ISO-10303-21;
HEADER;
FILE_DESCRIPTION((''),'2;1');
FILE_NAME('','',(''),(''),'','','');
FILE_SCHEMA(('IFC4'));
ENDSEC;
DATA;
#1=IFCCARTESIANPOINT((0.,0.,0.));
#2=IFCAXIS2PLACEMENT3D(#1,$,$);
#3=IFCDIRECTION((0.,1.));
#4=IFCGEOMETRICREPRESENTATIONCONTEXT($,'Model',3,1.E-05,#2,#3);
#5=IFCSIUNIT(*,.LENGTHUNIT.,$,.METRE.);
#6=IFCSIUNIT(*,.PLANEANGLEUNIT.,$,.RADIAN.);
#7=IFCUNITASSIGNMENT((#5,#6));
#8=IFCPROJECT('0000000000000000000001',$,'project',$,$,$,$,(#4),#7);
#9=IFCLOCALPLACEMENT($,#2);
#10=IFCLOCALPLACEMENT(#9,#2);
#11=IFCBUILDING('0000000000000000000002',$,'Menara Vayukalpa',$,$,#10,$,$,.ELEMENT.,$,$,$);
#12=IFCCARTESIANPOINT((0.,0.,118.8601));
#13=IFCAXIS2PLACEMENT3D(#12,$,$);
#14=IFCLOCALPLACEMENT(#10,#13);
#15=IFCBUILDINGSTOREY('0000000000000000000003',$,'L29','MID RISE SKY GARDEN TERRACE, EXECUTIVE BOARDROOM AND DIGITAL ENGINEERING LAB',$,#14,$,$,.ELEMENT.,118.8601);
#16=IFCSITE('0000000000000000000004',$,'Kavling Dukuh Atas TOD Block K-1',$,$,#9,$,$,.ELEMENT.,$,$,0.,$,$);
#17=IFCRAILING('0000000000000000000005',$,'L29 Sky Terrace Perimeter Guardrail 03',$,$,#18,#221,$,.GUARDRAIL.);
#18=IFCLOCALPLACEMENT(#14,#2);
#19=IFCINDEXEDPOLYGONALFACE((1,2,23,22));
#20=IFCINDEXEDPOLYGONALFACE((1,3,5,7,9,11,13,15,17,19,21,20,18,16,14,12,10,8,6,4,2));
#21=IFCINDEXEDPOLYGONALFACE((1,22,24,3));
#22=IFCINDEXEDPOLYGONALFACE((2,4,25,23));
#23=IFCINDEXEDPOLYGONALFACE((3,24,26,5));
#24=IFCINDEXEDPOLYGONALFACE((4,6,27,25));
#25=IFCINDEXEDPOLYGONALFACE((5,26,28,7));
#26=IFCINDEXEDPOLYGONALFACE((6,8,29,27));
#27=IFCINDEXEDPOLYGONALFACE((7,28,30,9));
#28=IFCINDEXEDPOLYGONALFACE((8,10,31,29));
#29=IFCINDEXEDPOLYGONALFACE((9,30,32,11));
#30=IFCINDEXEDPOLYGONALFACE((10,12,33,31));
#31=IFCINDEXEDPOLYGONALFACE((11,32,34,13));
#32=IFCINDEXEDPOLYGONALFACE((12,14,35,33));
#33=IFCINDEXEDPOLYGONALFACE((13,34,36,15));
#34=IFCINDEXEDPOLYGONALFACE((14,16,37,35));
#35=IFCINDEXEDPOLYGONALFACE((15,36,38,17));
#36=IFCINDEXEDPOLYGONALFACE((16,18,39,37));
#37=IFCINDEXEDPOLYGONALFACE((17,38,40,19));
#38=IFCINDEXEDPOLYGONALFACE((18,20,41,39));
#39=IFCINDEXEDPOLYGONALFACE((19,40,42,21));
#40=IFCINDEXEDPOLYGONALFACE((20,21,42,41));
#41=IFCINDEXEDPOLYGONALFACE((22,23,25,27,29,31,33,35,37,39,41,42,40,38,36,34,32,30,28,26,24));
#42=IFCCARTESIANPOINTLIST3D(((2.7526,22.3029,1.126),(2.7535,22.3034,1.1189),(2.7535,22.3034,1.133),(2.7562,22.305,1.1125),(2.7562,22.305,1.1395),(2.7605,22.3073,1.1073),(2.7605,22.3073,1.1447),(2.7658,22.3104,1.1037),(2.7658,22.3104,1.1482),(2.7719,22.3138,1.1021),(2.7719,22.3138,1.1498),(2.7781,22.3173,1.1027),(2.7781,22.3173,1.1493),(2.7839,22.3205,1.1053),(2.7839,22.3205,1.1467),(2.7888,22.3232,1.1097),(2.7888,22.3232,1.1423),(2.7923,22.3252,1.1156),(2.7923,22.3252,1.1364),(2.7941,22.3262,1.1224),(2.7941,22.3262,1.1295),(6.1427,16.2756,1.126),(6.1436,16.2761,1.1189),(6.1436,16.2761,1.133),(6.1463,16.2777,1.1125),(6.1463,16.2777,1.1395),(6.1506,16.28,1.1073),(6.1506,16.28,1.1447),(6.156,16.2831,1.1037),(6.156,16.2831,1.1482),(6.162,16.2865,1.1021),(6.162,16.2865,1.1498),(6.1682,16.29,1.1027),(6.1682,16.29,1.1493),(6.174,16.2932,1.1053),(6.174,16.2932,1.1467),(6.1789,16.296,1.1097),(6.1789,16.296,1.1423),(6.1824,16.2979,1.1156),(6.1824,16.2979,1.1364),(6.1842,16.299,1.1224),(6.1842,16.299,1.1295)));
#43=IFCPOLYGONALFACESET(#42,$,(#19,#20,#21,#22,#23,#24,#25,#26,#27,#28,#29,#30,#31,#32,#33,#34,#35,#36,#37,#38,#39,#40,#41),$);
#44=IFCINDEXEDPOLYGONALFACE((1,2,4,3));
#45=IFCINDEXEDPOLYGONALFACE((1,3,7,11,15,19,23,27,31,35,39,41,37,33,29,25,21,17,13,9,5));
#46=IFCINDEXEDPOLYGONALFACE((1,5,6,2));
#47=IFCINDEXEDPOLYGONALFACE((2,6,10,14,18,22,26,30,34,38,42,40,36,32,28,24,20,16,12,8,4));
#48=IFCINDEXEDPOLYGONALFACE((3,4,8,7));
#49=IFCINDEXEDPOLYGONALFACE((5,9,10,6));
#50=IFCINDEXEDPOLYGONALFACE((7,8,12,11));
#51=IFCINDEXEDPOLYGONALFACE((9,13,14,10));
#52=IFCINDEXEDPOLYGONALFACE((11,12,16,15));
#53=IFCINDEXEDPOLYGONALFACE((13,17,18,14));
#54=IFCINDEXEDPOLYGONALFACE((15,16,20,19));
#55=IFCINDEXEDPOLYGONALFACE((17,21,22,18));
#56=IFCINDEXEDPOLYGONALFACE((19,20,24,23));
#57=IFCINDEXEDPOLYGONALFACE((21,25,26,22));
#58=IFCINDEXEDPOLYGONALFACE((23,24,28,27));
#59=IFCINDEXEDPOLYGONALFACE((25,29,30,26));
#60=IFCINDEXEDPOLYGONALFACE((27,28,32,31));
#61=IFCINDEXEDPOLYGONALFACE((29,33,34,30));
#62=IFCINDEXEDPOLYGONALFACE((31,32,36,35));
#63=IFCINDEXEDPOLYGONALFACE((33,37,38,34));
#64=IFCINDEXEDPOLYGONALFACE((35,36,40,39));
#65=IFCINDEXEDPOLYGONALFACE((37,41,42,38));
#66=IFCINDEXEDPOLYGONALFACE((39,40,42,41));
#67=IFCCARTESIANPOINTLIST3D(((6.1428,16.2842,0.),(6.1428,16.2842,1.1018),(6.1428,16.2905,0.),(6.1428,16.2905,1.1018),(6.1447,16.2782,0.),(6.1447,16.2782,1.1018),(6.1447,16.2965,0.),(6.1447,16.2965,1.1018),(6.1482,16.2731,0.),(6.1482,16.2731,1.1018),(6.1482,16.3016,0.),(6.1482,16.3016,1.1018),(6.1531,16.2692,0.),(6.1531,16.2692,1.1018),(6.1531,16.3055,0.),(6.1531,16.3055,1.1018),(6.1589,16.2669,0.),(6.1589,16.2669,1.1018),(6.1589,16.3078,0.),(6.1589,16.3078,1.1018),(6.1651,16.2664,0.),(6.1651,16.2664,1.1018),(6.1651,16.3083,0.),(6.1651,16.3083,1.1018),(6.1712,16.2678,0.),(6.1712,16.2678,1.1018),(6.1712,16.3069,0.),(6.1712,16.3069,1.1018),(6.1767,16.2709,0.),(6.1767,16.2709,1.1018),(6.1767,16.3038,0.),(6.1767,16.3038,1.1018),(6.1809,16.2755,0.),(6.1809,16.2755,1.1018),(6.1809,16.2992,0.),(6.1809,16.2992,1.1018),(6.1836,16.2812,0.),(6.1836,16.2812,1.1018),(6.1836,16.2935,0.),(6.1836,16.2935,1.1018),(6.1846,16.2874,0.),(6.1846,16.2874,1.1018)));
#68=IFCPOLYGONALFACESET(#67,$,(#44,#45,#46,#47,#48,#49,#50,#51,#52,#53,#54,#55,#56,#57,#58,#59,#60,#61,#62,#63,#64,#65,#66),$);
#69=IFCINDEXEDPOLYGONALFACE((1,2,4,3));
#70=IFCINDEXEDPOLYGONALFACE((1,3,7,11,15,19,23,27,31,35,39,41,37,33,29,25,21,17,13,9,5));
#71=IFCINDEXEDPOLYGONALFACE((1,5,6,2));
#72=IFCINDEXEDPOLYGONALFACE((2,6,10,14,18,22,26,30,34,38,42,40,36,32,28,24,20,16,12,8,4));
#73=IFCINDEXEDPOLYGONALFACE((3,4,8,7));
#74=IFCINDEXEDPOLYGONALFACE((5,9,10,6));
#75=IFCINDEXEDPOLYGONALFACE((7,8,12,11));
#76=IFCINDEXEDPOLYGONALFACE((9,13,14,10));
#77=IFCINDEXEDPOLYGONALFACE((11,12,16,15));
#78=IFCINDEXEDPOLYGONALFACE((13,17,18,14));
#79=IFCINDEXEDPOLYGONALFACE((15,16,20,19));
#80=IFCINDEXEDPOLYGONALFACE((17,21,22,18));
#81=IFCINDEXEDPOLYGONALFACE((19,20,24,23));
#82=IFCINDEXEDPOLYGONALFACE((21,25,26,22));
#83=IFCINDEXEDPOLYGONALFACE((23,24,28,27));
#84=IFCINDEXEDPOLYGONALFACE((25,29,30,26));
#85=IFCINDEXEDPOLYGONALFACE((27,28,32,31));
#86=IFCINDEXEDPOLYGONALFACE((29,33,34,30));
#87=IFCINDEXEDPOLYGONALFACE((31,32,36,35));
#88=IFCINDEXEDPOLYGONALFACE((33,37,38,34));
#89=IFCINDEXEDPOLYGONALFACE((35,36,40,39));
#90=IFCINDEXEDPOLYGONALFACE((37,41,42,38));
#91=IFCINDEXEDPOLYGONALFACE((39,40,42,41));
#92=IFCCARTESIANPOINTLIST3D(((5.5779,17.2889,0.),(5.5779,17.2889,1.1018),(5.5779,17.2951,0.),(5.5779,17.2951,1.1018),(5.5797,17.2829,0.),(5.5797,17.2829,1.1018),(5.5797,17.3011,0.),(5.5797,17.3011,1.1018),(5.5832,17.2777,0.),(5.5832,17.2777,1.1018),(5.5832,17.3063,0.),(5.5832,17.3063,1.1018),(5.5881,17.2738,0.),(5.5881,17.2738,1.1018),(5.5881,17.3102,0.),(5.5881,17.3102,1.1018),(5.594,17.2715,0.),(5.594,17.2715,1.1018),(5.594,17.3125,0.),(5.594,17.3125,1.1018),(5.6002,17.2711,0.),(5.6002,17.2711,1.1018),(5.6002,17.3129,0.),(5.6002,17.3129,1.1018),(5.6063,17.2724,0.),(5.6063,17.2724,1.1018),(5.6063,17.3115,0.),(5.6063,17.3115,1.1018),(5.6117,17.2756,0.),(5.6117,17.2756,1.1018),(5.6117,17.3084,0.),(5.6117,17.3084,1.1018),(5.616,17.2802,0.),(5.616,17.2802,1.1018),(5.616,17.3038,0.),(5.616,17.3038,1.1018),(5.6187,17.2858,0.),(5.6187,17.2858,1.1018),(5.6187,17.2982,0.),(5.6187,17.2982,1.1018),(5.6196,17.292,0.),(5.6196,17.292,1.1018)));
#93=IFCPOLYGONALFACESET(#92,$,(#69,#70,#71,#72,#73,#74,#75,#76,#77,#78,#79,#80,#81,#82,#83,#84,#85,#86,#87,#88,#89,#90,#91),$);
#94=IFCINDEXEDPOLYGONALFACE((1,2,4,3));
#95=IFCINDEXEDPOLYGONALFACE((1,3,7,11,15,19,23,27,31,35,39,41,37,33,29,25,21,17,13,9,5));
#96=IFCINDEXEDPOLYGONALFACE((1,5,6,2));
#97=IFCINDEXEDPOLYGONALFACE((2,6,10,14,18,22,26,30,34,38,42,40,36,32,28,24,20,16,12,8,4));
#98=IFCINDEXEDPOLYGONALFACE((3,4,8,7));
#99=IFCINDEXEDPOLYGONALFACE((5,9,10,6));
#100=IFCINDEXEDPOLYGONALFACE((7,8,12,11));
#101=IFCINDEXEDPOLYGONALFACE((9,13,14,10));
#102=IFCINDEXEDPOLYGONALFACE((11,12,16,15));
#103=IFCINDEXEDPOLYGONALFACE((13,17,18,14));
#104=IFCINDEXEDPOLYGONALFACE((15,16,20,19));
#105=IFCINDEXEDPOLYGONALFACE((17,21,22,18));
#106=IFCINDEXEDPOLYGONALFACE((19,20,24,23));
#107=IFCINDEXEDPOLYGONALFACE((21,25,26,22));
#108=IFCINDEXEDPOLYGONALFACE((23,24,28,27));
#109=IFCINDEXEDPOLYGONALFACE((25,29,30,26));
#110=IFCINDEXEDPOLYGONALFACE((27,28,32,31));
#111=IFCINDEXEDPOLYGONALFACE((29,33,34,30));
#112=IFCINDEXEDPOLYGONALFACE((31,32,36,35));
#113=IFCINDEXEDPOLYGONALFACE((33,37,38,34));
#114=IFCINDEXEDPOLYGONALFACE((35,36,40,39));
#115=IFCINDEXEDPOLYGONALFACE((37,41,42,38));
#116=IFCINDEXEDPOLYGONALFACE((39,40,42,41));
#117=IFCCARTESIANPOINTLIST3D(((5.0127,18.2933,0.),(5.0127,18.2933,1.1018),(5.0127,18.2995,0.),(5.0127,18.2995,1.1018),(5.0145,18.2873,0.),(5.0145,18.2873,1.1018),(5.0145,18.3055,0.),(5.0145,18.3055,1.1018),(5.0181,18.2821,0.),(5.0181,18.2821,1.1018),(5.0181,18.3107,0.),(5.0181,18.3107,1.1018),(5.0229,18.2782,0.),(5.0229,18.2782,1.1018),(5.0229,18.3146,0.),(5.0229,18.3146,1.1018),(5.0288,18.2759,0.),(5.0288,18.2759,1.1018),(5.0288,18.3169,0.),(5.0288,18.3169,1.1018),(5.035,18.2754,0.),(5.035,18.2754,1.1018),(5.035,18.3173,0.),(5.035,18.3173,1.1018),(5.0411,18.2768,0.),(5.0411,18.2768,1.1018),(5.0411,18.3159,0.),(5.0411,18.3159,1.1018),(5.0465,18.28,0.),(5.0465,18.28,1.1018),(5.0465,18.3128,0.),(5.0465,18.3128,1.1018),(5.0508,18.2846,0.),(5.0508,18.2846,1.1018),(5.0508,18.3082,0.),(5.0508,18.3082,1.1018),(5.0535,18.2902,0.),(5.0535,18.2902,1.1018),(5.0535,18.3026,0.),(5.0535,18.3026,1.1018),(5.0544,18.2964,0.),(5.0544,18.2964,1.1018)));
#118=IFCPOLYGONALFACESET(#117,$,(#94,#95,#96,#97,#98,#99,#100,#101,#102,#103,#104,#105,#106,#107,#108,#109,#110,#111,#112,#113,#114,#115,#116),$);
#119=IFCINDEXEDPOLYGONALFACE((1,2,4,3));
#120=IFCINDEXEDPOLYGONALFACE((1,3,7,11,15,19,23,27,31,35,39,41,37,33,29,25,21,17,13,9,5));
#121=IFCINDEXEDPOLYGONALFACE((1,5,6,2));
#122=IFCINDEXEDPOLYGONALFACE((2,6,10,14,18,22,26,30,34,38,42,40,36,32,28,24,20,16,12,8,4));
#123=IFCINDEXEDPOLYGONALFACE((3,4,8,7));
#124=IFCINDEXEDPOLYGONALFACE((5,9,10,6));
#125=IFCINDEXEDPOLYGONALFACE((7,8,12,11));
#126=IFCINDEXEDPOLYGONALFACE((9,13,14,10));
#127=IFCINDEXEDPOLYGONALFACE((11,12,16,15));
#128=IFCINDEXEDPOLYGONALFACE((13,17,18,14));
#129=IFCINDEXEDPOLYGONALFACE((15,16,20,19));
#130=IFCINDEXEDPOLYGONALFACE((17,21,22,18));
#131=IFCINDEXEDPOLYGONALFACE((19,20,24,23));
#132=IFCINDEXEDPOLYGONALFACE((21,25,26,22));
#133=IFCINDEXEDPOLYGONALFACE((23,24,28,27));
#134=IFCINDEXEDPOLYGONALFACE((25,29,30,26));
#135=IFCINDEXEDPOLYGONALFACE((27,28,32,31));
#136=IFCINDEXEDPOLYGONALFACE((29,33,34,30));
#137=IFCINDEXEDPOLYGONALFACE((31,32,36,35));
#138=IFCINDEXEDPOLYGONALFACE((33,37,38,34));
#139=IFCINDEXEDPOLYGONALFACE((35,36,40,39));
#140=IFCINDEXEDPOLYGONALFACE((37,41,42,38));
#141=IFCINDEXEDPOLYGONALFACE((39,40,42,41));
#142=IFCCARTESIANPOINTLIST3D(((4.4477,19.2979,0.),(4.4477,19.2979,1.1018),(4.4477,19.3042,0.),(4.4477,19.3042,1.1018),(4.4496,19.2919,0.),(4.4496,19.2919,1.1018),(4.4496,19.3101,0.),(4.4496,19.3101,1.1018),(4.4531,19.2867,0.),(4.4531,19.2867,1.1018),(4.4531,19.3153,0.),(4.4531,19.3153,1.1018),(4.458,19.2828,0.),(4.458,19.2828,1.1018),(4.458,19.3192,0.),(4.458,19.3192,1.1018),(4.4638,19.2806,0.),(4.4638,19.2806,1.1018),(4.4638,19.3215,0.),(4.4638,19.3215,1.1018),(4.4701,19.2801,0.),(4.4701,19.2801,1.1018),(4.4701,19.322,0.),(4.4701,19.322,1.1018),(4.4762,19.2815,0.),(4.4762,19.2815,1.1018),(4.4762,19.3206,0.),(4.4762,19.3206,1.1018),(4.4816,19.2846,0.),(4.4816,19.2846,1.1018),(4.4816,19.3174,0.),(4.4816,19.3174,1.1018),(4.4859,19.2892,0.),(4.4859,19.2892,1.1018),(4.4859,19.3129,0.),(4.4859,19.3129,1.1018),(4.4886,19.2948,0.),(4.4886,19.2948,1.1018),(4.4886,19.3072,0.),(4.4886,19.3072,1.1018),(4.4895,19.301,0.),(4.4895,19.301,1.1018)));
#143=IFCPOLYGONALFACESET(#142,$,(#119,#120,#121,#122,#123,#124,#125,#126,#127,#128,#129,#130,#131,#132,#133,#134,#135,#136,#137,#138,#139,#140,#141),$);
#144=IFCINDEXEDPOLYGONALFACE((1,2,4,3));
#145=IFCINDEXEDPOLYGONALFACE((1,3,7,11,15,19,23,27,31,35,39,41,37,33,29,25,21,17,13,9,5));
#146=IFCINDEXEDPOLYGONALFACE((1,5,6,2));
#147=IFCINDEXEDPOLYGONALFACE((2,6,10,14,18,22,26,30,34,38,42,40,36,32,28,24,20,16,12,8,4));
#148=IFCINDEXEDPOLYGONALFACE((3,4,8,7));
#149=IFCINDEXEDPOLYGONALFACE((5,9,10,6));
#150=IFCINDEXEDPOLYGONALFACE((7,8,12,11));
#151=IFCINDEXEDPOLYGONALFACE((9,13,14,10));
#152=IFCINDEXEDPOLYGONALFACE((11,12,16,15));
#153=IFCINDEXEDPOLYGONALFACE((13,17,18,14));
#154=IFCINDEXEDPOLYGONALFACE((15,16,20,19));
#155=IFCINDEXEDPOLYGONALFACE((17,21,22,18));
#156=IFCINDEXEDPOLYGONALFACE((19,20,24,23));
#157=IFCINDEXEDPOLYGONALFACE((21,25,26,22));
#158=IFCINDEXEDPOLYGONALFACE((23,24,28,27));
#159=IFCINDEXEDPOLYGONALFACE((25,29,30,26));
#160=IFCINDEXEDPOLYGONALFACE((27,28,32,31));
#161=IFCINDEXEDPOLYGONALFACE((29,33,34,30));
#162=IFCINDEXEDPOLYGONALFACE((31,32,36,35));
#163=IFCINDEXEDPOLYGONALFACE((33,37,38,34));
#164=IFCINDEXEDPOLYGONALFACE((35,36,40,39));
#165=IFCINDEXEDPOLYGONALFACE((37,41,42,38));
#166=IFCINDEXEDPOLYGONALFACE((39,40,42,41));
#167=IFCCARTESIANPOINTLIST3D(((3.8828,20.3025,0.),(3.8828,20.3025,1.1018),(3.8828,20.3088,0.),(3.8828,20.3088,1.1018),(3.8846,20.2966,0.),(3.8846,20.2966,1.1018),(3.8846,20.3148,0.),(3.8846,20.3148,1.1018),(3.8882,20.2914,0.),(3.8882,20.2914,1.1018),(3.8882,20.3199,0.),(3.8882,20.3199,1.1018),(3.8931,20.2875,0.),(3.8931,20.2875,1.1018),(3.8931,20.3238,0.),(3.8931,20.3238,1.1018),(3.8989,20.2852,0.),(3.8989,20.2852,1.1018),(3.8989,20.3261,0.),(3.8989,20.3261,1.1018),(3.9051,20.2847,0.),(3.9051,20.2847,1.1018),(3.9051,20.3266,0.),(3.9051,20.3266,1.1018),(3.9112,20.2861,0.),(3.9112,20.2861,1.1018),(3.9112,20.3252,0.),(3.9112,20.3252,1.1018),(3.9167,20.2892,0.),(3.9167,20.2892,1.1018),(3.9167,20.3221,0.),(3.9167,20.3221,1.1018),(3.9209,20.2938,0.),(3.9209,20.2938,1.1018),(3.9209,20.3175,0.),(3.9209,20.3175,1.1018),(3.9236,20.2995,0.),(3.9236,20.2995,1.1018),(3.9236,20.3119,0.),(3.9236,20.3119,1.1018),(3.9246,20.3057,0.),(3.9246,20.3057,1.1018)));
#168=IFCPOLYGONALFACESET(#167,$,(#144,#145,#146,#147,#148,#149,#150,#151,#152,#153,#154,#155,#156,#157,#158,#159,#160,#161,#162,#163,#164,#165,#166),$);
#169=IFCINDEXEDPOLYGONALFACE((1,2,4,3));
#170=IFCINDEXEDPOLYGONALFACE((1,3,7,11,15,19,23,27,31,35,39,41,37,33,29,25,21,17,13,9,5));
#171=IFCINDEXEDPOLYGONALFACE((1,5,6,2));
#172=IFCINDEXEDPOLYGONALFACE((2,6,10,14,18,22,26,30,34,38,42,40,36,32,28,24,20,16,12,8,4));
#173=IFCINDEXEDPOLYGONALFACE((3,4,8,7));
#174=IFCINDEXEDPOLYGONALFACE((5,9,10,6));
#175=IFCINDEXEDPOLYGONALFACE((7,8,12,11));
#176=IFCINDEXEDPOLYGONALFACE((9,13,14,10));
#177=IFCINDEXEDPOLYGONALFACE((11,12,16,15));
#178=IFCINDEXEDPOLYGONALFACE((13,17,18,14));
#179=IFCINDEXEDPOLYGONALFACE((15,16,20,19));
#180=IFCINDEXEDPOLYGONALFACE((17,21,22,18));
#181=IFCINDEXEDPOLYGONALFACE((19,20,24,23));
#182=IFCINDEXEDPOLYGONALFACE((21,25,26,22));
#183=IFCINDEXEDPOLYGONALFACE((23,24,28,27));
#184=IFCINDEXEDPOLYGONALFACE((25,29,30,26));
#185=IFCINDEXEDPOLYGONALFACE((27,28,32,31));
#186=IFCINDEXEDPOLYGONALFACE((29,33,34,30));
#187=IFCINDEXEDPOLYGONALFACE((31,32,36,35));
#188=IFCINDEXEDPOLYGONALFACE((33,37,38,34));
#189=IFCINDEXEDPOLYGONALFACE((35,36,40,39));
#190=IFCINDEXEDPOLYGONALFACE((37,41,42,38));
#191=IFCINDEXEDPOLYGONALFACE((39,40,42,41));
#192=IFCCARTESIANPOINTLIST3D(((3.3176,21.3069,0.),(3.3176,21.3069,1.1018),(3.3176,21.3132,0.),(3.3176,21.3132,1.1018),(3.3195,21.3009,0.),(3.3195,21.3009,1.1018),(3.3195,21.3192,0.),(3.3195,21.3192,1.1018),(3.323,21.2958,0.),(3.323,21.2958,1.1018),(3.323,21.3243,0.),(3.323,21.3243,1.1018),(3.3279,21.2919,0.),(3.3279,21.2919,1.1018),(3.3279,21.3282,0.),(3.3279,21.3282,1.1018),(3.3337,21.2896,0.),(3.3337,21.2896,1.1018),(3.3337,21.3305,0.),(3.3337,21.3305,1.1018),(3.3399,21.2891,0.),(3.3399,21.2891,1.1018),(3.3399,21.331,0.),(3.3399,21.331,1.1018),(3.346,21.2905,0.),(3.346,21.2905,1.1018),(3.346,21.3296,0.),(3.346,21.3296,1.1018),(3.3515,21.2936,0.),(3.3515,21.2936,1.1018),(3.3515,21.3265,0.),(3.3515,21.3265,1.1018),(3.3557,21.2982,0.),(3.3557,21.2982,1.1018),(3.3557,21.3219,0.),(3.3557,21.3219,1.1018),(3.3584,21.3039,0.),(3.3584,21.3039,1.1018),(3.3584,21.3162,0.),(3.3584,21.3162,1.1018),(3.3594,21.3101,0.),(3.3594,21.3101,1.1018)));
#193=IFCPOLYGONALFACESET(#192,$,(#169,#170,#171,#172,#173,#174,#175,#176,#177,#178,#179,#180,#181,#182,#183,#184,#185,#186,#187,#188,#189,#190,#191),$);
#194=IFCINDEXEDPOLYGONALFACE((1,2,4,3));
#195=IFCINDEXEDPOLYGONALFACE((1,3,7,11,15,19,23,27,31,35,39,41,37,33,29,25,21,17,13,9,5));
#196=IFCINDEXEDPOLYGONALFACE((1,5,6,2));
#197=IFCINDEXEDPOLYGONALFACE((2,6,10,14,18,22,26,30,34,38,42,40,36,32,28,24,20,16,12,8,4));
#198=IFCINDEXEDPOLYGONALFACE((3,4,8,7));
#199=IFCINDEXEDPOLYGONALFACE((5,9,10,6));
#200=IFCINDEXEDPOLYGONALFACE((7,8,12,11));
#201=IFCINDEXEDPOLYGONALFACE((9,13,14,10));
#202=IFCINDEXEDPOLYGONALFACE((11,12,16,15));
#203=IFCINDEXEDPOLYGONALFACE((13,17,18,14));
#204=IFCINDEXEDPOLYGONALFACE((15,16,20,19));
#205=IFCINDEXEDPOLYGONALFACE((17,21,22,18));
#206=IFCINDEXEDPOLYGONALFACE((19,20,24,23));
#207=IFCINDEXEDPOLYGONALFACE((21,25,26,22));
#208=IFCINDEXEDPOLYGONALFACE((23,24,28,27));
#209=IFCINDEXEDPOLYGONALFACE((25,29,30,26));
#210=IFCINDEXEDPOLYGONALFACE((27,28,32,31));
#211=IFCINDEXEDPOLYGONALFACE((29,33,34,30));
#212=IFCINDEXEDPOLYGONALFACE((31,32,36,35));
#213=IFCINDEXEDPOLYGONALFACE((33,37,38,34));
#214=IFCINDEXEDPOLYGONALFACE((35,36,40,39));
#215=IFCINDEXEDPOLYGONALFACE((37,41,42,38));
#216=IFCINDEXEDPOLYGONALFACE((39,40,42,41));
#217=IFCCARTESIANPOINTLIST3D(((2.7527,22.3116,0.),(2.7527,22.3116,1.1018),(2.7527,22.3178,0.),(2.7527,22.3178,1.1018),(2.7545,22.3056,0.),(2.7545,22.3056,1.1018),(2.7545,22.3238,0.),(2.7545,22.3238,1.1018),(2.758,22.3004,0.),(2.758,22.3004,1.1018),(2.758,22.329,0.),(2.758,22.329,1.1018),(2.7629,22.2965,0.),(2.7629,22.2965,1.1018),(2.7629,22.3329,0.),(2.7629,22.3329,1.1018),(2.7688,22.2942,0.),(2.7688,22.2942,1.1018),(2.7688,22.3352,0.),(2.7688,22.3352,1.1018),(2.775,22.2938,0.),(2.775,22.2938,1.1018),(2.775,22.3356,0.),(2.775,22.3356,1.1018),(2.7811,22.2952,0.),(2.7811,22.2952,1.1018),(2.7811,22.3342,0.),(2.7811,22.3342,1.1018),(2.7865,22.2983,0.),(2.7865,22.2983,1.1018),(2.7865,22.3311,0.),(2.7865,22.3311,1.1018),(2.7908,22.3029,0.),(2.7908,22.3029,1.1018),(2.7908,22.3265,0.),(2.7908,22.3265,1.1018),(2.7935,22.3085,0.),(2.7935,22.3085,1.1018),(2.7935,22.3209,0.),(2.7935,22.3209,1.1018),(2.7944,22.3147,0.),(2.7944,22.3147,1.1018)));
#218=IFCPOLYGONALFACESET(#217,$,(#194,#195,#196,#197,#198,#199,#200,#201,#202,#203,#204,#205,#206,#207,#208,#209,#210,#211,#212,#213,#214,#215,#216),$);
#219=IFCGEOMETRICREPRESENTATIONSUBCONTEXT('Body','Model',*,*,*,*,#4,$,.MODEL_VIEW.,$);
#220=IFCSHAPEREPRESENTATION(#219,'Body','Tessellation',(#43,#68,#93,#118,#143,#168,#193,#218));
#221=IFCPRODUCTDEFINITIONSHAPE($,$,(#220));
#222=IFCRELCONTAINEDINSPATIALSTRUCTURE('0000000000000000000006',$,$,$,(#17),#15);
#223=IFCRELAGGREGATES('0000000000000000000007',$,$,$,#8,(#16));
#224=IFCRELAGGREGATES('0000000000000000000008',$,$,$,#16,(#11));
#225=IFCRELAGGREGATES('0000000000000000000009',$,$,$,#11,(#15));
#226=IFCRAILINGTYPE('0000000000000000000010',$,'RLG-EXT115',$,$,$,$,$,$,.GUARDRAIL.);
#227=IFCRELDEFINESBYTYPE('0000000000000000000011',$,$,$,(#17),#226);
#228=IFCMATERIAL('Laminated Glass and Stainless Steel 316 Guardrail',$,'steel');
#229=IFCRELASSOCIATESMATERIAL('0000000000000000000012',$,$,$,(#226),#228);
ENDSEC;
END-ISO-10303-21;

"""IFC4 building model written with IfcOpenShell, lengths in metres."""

from ifc_helpers import new_model, si_unit, direction, frame, origin, origin_2d, place, context, subcontext, project, spatial, circle, extrude, material, type_object, element, save


model = new_model("IFC4")

# Units and contexts
model_context = context("Model", 3, precision=1e-05, world=origin(), true_north=direction((0.0, 1.0)))
body_context = subcontext(model_context, "Body", "Model", "MODEL_VIEW")
ifc_project = project(units=[si_unit("LENGTHUNIT", "METRE"), si_unit("PLANEANGLEUNIT", "RADIAN")], contexts=[model_context])

# Site, building, storey
site_placement = place(None, origin())
site = spatial("IfcSite", under=ifc_project, at=site_placement, Name="Kavling Dukuh Atas TOD Block K-1", CompositionType="ELEMENT", RefElevation=0.0)
building_placement = place(site_placement, origin())
building = spatial("IfcBuilding", under=site, at=building_placement, Name="Menara Vayukalpa", CompositionType="ELEMENT")
storey_placement = place(building_placement, frame((0.0, 0.0, 118.8601)))
storey = spatial("IfcBuildingStorey", under=building, at=storey_placement, Name="L29", Description="MID RISE SKY GARDEN TERRACE, EXECUTIVE BOARDROOM AND DIGITAL ENGINEERING LAB", CompositionType="ELEMENT", Elevation=118.8601)

# Railing
ifc_material_1 = material(Name="Laminated Glass and Stainless Steel 316 Guardrail", Category="steel")
railing_type = type_object("IfcRailingType", Name="RLG-EXT115", PredefinedType="GUARDRAIL", material=ifc_material_1)
railing_1_placement = place(storey_placement, frame((6.1636, 16.2874, 0.0)))
element("IfcRailing", 1, at=railing_1_placement, inside=storey, type_object=railing_type, Name="L29 Sky Terrace Perimeter Guardrail 03", PredefinedType="GUARDRAIL", context=body_context, shape_type="SweptSolid", body=[
    extrude(circle(Radius=0.0239, at=origin_2d()), frame((0.0, 0.0, 1.126), z_axis=(-0.490234, 0.871591, 0.0), x_axis=(-0.871591, -0.490234, 0.0)), (0.0, 0.0, 1.0), 6.9153),
    extrude(circle(Radius=0.021, at=origin_2d()), origin(), (0.0, 0.0, 1.0), 1.1018),
    extrude(circle(Radius=0.021, at=origin_2d()), frame((-0.5649, 1.0046, 0.0)), (0.0, 0.0, 1.0), 1.1018),
    extrude(circle(Radius=0.021, at=origin_2d()), frame((-1.1301, 2.009, 0.0)), (0.0, 0.0, 1.0), 1.1018),
    extrude(circle(Radius=0.021, at=origin_2d()), frame((-1.6951, 3.0137, 0.0)), (0.0, 0.0, 1.0), 1.1018),
    extrude(circle(Radius=0.021, at=origin_2d()), frame((-2.26, 4.0183, 0.0)), (0.0, 0.0, 1.0), 1.1018),
    extrude(circle(Radius=0.021, at=origin_2d()), frame((-2.8252, 5.0227, 0.0)), (0.0, 0.0, 1.0), 1.1018),
    extrude(circle(Radius=0.021, at=origin_2d()), frame((-3.3901, 6.0273, 0.0)), (0.0, 0.0, 1.0), 1.1018),
])

save(model, "model.ifc")
